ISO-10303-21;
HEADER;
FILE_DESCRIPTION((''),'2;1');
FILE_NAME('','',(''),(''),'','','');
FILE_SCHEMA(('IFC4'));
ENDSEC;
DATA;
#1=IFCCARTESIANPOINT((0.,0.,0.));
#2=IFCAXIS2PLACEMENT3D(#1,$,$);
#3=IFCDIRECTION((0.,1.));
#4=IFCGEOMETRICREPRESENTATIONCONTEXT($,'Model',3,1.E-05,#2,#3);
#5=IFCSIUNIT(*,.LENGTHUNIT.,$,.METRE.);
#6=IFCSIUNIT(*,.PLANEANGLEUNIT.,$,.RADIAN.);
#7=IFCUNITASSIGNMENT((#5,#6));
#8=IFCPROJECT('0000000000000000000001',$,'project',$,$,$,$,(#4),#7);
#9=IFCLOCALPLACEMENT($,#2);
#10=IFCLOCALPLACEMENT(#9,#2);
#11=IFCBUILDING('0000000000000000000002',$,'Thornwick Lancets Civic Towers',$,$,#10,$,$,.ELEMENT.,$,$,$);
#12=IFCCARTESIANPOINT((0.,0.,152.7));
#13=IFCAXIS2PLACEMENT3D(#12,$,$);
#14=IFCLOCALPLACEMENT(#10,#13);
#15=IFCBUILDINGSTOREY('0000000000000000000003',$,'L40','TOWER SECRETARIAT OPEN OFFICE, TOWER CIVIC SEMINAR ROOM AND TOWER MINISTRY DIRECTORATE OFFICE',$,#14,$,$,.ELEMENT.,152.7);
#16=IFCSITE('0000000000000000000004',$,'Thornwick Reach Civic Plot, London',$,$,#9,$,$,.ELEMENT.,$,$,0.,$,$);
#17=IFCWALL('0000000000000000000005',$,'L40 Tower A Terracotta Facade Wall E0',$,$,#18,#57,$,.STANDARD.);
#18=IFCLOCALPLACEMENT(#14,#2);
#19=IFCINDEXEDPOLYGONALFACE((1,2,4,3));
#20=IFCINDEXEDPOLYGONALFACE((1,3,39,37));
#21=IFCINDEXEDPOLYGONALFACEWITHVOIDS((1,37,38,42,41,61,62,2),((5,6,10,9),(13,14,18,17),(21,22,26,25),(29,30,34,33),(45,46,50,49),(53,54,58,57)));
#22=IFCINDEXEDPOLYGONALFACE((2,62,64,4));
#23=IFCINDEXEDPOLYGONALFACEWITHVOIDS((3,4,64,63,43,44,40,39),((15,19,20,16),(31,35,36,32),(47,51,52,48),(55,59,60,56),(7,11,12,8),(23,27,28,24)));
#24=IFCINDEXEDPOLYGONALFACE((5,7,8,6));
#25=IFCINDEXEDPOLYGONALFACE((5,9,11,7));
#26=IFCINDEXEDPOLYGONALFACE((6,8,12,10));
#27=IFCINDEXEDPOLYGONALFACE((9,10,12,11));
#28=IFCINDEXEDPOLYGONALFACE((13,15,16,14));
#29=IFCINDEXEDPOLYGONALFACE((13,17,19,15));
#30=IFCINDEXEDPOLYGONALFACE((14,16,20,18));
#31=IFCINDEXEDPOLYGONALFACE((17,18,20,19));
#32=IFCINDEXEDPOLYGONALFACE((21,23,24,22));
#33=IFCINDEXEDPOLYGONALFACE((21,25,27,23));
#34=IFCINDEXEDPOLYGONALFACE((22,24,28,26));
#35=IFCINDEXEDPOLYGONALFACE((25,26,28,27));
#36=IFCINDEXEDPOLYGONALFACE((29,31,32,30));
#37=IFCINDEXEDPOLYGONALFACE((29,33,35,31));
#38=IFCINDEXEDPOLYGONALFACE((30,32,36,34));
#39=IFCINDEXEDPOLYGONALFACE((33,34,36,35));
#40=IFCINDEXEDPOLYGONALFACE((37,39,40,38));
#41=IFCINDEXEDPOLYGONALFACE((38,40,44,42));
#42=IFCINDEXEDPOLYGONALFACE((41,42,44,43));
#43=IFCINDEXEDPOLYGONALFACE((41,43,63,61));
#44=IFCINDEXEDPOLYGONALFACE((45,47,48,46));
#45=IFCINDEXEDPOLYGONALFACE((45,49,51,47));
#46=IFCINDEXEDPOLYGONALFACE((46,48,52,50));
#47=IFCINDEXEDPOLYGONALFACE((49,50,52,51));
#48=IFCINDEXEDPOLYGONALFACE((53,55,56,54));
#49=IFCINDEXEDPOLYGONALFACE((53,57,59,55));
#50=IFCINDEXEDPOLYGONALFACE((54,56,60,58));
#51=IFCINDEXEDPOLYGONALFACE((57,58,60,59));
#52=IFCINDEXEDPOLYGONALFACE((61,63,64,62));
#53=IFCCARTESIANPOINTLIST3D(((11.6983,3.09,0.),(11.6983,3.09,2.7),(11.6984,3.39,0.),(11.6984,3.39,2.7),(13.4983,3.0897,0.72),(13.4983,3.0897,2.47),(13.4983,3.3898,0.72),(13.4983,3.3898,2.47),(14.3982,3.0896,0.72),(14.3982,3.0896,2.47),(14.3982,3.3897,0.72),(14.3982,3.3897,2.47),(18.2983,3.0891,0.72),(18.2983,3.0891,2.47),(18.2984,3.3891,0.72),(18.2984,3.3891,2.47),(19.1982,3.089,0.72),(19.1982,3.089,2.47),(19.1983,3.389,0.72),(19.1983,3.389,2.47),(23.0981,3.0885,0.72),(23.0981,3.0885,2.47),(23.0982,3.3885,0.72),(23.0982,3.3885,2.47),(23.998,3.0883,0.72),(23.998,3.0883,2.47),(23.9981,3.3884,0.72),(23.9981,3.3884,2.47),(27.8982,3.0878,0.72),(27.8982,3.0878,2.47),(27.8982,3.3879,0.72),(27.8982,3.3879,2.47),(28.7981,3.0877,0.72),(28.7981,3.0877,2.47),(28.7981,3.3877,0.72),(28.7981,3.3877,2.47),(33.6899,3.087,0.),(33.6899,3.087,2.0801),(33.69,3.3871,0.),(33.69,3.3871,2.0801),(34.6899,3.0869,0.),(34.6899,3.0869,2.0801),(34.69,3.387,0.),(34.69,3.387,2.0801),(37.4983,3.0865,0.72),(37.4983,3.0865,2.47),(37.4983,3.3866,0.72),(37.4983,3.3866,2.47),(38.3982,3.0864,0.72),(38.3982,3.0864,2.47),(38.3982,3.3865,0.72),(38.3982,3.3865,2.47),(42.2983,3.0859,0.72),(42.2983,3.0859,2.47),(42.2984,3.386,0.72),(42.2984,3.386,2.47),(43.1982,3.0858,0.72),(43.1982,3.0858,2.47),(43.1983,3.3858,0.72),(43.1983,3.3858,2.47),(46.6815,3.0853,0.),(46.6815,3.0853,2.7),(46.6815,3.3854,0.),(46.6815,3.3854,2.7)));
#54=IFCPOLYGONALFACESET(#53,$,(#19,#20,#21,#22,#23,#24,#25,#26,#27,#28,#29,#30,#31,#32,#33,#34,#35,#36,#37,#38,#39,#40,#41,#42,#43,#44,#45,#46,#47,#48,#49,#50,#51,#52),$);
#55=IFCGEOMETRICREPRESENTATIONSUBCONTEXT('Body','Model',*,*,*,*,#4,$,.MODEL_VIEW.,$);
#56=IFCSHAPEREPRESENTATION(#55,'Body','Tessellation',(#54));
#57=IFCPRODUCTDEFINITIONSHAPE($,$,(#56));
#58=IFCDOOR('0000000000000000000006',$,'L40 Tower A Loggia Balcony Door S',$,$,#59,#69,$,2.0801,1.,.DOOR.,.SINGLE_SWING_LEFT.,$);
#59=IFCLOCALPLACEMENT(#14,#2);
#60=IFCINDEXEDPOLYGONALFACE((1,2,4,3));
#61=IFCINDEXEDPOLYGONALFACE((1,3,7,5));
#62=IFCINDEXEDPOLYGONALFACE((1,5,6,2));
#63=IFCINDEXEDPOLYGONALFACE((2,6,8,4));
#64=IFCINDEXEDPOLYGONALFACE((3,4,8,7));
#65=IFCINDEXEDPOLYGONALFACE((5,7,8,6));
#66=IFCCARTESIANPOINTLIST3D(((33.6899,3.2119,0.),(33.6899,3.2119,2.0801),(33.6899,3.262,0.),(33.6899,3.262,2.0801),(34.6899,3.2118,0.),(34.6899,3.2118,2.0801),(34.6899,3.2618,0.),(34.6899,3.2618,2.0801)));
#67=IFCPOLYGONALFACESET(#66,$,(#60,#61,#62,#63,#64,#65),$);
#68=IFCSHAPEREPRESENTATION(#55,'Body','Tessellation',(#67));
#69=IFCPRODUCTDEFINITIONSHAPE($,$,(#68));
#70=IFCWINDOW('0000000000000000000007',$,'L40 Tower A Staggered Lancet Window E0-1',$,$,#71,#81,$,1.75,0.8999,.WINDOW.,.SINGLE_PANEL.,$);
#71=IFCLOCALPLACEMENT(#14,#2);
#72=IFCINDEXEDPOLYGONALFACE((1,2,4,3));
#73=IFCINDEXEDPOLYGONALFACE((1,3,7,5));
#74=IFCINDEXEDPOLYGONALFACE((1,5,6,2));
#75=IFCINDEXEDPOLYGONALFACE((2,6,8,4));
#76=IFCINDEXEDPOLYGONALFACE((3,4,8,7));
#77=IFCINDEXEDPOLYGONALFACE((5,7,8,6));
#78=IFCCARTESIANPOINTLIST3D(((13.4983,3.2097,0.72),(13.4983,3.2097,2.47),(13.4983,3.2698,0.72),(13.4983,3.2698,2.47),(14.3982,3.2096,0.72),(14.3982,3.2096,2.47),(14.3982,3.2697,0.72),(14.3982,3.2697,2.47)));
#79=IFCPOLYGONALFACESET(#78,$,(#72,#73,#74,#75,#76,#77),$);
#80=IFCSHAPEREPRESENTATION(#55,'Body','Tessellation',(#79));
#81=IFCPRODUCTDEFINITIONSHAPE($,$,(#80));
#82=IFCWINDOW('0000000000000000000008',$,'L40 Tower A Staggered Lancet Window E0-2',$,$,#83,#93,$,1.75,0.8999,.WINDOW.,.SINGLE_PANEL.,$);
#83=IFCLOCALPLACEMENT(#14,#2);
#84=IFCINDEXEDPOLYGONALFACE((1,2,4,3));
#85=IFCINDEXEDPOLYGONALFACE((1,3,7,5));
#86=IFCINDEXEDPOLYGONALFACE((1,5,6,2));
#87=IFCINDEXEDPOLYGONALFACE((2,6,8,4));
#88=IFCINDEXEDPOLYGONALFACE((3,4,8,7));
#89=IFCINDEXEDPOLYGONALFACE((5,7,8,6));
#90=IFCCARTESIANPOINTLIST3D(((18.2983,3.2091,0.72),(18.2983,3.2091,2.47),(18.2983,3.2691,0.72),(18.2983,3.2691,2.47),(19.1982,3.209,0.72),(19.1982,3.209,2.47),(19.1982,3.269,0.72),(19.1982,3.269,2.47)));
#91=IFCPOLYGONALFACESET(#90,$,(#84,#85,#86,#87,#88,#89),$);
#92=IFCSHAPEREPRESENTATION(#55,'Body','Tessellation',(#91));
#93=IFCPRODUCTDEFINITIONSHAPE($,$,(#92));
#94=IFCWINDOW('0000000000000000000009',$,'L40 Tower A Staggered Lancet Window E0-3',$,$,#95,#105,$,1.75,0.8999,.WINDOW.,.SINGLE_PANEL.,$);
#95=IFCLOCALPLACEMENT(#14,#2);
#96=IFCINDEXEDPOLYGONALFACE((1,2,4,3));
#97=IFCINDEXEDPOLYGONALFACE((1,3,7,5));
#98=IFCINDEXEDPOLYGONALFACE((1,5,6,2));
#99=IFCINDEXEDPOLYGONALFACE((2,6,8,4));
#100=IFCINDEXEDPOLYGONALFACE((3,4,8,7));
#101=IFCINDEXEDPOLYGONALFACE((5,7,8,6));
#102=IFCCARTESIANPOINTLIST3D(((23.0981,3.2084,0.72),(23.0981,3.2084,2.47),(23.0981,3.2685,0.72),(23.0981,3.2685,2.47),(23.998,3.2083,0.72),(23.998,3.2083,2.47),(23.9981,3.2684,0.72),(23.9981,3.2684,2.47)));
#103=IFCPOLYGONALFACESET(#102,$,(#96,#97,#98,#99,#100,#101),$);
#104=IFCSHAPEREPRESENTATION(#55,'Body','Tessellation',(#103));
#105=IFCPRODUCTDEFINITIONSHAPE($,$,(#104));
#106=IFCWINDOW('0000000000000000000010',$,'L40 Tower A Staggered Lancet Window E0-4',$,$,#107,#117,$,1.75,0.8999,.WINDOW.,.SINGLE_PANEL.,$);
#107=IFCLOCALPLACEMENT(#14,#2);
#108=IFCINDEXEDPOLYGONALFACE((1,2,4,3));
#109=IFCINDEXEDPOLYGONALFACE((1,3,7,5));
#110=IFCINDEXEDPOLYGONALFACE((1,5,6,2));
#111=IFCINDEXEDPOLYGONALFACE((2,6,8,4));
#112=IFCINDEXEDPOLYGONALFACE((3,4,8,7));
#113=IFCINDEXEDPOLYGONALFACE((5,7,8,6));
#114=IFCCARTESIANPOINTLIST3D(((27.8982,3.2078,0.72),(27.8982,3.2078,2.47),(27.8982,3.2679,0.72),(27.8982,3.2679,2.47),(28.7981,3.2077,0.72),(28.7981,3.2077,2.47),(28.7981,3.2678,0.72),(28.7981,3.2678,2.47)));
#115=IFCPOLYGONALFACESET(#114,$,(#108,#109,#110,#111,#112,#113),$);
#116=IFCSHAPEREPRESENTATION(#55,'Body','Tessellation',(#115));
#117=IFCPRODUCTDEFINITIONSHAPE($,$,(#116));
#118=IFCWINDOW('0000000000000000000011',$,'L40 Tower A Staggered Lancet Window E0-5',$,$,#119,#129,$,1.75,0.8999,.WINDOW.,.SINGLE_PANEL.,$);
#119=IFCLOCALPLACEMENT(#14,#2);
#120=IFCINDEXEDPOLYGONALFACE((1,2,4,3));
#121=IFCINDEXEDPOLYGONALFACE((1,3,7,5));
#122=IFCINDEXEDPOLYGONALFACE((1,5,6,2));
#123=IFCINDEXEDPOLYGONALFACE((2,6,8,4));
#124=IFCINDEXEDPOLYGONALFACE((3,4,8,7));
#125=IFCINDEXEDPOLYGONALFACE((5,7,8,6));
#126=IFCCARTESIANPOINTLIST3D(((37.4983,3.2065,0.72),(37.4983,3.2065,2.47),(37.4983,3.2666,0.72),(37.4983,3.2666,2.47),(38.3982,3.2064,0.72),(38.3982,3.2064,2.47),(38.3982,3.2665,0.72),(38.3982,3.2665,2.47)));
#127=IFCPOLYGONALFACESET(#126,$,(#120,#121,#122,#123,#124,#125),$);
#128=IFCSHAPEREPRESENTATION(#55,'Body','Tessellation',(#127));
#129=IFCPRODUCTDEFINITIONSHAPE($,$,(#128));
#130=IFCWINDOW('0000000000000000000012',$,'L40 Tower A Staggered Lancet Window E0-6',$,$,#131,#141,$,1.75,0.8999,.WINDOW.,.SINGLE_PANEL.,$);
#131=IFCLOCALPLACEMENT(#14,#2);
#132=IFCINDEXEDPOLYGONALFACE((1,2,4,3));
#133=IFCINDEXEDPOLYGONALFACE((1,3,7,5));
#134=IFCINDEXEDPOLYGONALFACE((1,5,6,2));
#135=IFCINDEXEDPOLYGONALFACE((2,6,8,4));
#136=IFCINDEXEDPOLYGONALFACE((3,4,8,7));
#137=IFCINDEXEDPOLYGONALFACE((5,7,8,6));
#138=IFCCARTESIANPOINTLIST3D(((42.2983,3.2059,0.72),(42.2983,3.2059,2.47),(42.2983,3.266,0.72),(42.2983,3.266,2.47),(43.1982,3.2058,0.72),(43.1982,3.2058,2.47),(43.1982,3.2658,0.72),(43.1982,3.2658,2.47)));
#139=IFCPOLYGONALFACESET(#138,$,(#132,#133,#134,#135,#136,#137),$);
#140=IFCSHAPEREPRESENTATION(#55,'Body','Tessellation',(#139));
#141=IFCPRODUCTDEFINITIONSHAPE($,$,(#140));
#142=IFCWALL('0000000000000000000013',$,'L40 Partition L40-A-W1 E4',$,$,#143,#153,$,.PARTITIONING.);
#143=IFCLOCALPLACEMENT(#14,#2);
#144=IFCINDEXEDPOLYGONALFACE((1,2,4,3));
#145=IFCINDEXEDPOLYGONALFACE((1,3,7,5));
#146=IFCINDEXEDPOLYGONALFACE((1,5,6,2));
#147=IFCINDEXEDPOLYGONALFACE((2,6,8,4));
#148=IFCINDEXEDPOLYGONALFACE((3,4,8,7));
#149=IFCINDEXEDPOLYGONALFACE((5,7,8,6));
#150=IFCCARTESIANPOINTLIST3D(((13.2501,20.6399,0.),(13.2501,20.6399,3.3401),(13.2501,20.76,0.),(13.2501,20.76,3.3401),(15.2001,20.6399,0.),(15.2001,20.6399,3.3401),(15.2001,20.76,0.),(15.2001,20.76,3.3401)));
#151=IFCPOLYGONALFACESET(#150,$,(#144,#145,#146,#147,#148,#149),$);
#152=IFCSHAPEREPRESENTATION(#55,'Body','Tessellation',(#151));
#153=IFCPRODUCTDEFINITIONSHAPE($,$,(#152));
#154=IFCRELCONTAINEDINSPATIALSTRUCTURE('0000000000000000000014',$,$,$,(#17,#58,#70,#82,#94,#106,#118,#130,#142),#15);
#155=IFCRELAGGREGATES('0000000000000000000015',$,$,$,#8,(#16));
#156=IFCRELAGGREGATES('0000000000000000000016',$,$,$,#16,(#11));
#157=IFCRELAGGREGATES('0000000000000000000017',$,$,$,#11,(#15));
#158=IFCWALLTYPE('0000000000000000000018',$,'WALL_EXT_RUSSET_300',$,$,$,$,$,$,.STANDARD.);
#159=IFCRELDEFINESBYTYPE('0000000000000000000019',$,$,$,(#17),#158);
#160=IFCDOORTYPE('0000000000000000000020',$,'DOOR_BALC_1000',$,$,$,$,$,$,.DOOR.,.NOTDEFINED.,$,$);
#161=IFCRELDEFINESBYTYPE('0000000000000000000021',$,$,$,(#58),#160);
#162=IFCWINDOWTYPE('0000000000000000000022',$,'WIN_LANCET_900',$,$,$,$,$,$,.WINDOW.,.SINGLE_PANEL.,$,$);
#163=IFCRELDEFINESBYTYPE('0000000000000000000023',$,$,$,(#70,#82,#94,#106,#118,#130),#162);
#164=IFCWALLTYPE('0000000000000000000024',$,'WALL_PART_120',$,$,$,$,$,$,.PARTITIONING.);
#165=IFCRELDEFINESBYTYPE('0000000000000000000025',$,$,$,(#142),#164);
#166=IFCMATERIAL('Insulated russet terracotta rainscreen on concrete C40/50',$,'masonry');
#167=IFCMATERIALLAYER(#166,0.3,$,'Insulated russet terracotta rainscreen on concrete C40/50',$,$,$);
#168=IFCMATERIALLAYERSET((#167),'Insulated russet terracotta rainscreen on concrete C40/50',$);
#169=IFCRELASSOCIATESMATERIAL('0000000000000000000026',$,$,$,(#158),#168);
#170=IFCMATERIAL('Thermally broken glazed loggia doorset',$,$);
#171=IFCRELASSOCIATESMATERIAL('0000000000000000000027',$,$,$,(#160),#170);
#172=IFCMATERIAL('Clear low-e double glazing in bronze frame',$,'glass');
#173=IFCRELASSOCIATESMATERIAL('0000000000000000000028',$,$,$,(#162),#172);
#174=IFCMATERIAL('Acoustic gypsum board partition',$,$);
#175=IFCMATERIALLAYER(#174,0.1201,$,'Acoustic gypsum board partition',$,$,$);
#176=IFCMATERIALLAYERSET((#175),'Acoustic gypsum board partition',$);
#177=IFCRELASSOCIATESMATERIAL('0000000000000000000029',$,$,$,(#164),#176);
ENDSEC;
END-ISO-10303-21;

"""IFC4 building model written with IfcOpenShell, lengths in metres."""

from ifc_helpers import new_model, si_unit, direction, frame, frame_2d, origin, place, context, subcontext, project, spatial, rectangle, extrude, material, layer, layer_set, type_object, element, fill, save


model = new_model("IFC4")

# Units and contexts
model_context = context("Model", 3, precision=1e-05, world=origin(), true_north=direction((0.0, 1.0)))
body_context = subcontext(model_context, "Body", "Model", "MODEL_VIEW")
ifc_project = project(units=[si_unit("LENGTHUNIT", "METRE"), si_unit("PLANEANGLEUNIT", "RADIAN")], contexts=[model_context])

# Site, building, storey
site_placement = place(None, origin())
site = spatial("IfcSite", under=ifc_project, at=site_placement, Name="Thornwick Reach Civic Plot, London", CompositionType="ELEMENT", RefElevation=0.0)
building_placement = place(site_placement, origin())
building = spatial("IfcBuilding", under=site, at=building_placement, Name="Thornwick Lancets Civic Towers", CompositionType="ELEMENT")
storey_placement = place(building_placement, frame((0.0, 0.0, 152.7)))
storey = spatial("IfcBuildingStorey", under=building, at=storey_placement, Name="L40", Description="TOWER SECRETARIAT OPEN OFFICE, TOWER CIVIC SEMINAR ROOM AND TOWER MINISTRY DIRECTORATE OFFICE", CompositionType="ELEMENT", Elevation=152.7)

# Wall, openings, door, windows
ifc_material_1 = material(Name="Insulated russet terracotta rainscreen on concrete C40/50", Category="masonry")
ifc_layer_1 = layer(ifc_material_1, 0.3, Name="Insulated russet terracotta rainscreen on concrete C40/50")
ifc_layer_set_1 = layer_set([ifc_layer_1], Name="Insulated russet terracotta rainscreen on concrete C40/50")
wall_type_1 = type_object("IfcWallType", Name="WALL_EXT_RUSSET_300", PredefinedType="STANDARD", material=ifc_layer_set_1)
wall_1_placement = place(storey_placement, frame((11.6982, 3.24, 0.0), z_axis=(0.0, 0.0, 1.0), x_axis=(1.0, -0.000133, 0.0)))
wall_1 = element("IfcWall", 1, at=wall_1_placement, inside=storey, type_object=wall_type_1, Name="L40 Tower A Terracotta Facade Wall E0", PredefinedType="STANDARD", context=body_context, shape_type="SweptSolid", body=[
    extrude(rectangle(XDim=34.9832, YDim=0.3, at=frame_2d((17.4917, 0.0))), origin(), (0.0, 0.0, 1.0), 2.7),
])
opening_1_placement = place(wall_1_placement, frame((21.9917, 0.0, 0.0)))
opening_1 = element("IfcOpeningElement", 2, at=opening_1_placement, cuts=wall_1, PredefinedType="OPENING", context=body_context, shape_type="SweptSolid", body=[
    extrude(rectangle(XDim=1.0, YDim=2.0801, at=frame_2d((0.5, 1.04))), frame((0.0, 0.1602, 0.0), z_axis=(0.0, -1.0, 0.0), x_axis=(1.0, 0.0, 0.0)), (0.0, 0.0, 1.0), 0.3201),
])
opening_2_placement = place(wall_1_placement, frame((1.8, 0.0, 0.72)))
opening_2 = element("IfcOpeningElement", 3, at=opening_2_placement, cuts=wall_1, PredefinedType="OPENING", context=body_context, shape_type="SweptSolid", body=[
    extrude(rectangle(XDim=0.8999, YDim=1.75, at=frame_2d((0.45, 0.875))), frame((0.0, 0.1602, 0.0), z_axis=(0.0, -1.0, 0.0), x_axis=(1.0, 0.0, 0.0)), (0.0, 0.0, 1.0), 0.3201),
])
opening_3_placement = place(wall_1_placement, frame((6.6001, 0.0, 0.72)))
opening_3 = element("IfcOpeningElement", 4, at=opening_3_placement, cuts=wall_1, PredefinedType="OPENING", context=body_context, shape_type="SweptSolid", body=[
    extrude(rectangle(XDim=0.8999, YDim=1.75, at=frame_2d((0.45, 0.875))), frame((0.0, 0.1602, 0.0), z_axis=(0.0, -1.0, 0.0), x_axis=(1.0, 0.0, 0.0)), (0.0, 0.0, 1.0), 0.3201),
])
opening_4_placement = place(wall_1_placement, frame((11.3999, 0.0, 0.72)))
opening_4 = element("IfcOpeningElement", 5, at=opening_4_placement, cuts=wall_1, PredefinedType="OPENING", context=body_context, shape_type="SweptSolid", body=[
    extrude(rectangle(XDim=0.8999, YDim=1.75, at=frame_2d((0.45, 0.875))), frame((0.0, 0.1602, 0.0), z_axis=(0.0, -1.0, 0.0), x_axis=(1.0, 0.0, 0.0)), (0.0, 0.0, 1.0), 0.3201),
])
opening_5_placement = place(wall_1_placement, frame((16.2, 0.0, 0.72)))
opening_5 = element("IfcOpeningElement", 6, at=opening_5_placement, cuts=wall_1, PredefinedType="OPENING", context=body_context, shape_type="SweptSolid", body=[
    extrude(rectangle(XDim=0.8999, YDim=1.75, at=frame_2d((0.45, 0.875))), frame((0.0, 0.1602, 0.0), z_axis=(0.0, -1.0, 0.0), x_axis=(1.0, 0.0, 0.0)), (0.0, 0.0, 1.0), 0.3201),
])
opening_6_placement = place(wall_1_placement, frame((25.8, 0.0, 0.72)))
opening_6 = element("IfcOpeningElement", 7, at=opening_6_placement, cuts=wall_1, PredefinedType="OPENING", context=body_context, shape_type="SweptSolid", body=[
    extrude(rectangle(XDim=0.8999, YDim=1.75, at=frame_2d((0.45, 0.875))), frame((0.0, 0.1602, 0.0), z_axis=(0.0, -1.0, 0.0), x_axis=(1.0, 0.0, 0.0)), (0.0, 0.0, 1.0), 0.3201),
])
opening_7_placement = place(wall_1_placement, frame((30.6001, 0.0, 0.72)))
opening_7 = element("IfcOpeningElement", 8, at=opening_7_placement, cuts=wall_1, PredefinedType="OPENING", context=body_context, shape_type="SweptSolid", body=[
    extrude(rectangle(XDim=0.8999, YDim=1.75, at=frame_2d((0.45, 0.875))), frame((0.0, 0.1602, 0.0), z_axis=(0.0, -1.0, 0.0), x_axis=(1.0, 0.0, 0.0)), (0.0, 0.0, 1.0), 0.3201),
])
ifc_material_2 = material(Name="Thermally broken glazed loggia doorset")
door_type = type_object("IfcDoorType", Name="DOOR_BALC_1000", OperationType="NOTDEFINED", PredefinedType="DOOR", material=ifc_material_2)
door_placement = place(opening_1_placement, origin())
door = element("IfcDoor", 9, at=door_placement, inside=storey, type_object=door_type, Name="L40 Tower A Loggia Balcony Door S", OperationType="SINGLE_SWING_LEFT", OverallHeight=2.0801, OverallWidth=1.0, PredefinedType="DOOR", context=body_context, shape_type="SweptSolid", body=[
    extrude(rectangle(XDim=1.0, YDim=2.0801, at=frame_2d((0.5, 1.04))), frame((0.0, 0.0249, 0.0), z_axis=(0.0, -1.0, 0.0), x_axis=(1.0, 0.0, 0.0)), (0.0, 0.0, 1.0), 0.05),
])
fill(opening_1, door)
ifc_material_3 = material(Name="Clear low-e double glazing in bronze frame", Category="glass")
window_type = type_object("IfcWindowType", Name="WIN_LANCET_900", PartitioningType="SINGLE_PANEL", PredefinedType="WINDOW", material=ifc_material_3)
window_1_placement = place(opening_2_placement, origin())
window_1 = element("IfcWindow", 10, at=window_1_placement, inside=storey, type_object=window_type, Name="L40 Tower A Staggered Lancet Window E0-1", OverallHeight=1.75, OverallWidth=0.8999, PartitioningType="SINGLE_PANEL", PredefinedType="WINDOW", context=body_context, shape_type="SweptSolid", body=[
    extrude(rectangle(XDim=0.8999, YDim=1.75, at=frame_2d((0.45, 0.875))), frame((0.0, 0.03, 0.0), z_axis=(0.0, -1.0, 0.0), x_axis=(1.0, 0.0, 0.0)), (0.0, 0.0, 1.0), 0.0601),
])
fill(opening_2, window_1)
window_2_placement = place(opening_3_placement, origin())
window_2 = element("IfcWindow", 11, at=window_2_placement, inside=storey, type_object=window_type, Name="L40 Tower A Staggered Lancet Window E0-2", OverallHeight=1.75, OverallWidth=0.8999, PartitioningType="SINGLE_PANEL", PredefinedType="WINDOW", context=body_context, shape_type="SweptSolid", body=[
    extrude(rectangle(XDim=0.8999, YDim=1.75, at=frame_2d((0.45, 0.875))), frame((0.0, 0.03, 0.0), z_axis=(0.0, -1.0, 0.0), x_axis=(1.0, 0.0, 0.0)), (0.0, 0.0, 1.0), 0.0601),
])
fill(opening_3, window_2)
window_3_placement = place(opening_4_placement, origin())
window_3 = element("IfcWindow", 12, at=window_3_placement, inside=storey, type_object=window_type, Name="L40 Tower A Staggered Lancet Window E0-3", OverallHeight=1.75, OverallWidth=0.8999, PartitioningType="SINGLE_PANEL", PredefinedType="WINDOW", context=body_context, shape_type="SweptSolid", body=[
    extrude(rectangle(XDim=0.8999, YDim=1.75, at=frame_2d((0.45, 0.875))), frame((0.0, 0.03, 0.0), z_axis=(0.0, -1.0, 0.0), x_axis=(1.0, 0.0, 0.0)), (0.0, 0.0, 1.0), 0.0601),
])
fill(opening_4, window_3)
window_4_placement = place(opening_5_placement, origin())
window_4 = element("IfcWindow", 13, at=window_4_placement, inside=storey, type_object=window_type, Name="L40 Tower A Staggered Lancet Window E0-4", OverallHeight=1.75, OverallWidth=0.8999, PartitioningType="SINGLE_PANEL", PredefinedType="WINDOW", context=body_context, shape_type="SweptSolid", body=[
    extrude(rectangle(XDim=0.8999, YDim=1.75, at=frame_2d((0.45, 0.875))), frame((0.0, 0.03, 0.0), z_axis=(0.0, -1.0, 0.0), x_axis=(1.0, 0.0, 0.0)), (0.0, 0.0, 1.0), 0.0601),
])
fill(opening_5, window_4)
window_5_placement = place(opening_6_placement, origin())
window_5 = element("IfcWindow", 14, at=window_5_placement, inside=storey, type_object=window_type, Name="L40 Tower A Staggered Lancet Window E0-5", OverallHeight=1.75, OverallWidth=0.8999, PartitioningType="SINGLE_PANEL", PredefinedType="WINDOW", context=body_context, shape_type="SweptSolid", body=[
    extrude(rectangle(XDim=0.8999, YDim=1.75, at=frame_2d((0.45, 0.875))), frame((0.0, 0.03, 0.0), z_axis=(0.0, -1.0, 0.0), x_axis=(1.0, 0.0, 0.0)), (0.0, 0.0, 1.0), 0.0601),
])
fill(opening_6, window_5)
window_6_placement = place(opening_7_placement, origin())
window_6 = element("IfcWindow", 15, at=window_6_placement, inside=storey, type_object=window_type, Name="L40 Tower A Staggered Lancet Window E0-6", OverallHeight=1.75, OverallWidth=0.8999, PartitioningType="SINGLE_PANEL", PredefinedType="WINDOW", context=body_context, shape_type="SweptSolid", body=[
    extrude(rectangle(XDim=0.8999, YDim=1.75, at=frame_2d((0.45, 0.875))), frame((0.0, 0.03, 0.0), z_axis=(0.0, -1.0, 0.0), x_axis=(1.0, 0.0, 0.0)), (0.0, 0.0, 1.0), 0.0601),
])
fill(opening_7, window_6)

# Wall
ifc_material_4 = material(Name="Acoustic gypsum board partition")
ifc_layer_2 = layer(ifc_material_4, 0.1201, Name="Acoustic gypsum board partition")
ifc_layer_set_2 = layer_set([ifc_layer_2], Name="Acoustic gypsum board partition")
wall_type_2 = type_object("IfcWallType", Name="WALL_PART_120", PredefinedType="PARTITIONING", material=ifc_layer_set_2)
wall_2_placement = place(storey_placement, frame((13.25, 20.7, 0.0), z_axis=(0.0, 0.0, 1.0), x_axis=(1.0, 0.0, 0.0)))
element("IfcWall", 16, at=wall_2_placement, inside=storey, type_object=wall_type_2, Name="L40 Partition L40-A-W1 E4", PredefinedType="PARTITIONING", context=body_context, shape_type="SweptSolid", body=[
    extrude(rectangle(XDim=1.95, YDim=0.1201, at=frame_2d((0.9751, 0.0))), origin(), (0.0, 0.0, 1.0), 3.3401),
])

save(model, "model.ifc")
